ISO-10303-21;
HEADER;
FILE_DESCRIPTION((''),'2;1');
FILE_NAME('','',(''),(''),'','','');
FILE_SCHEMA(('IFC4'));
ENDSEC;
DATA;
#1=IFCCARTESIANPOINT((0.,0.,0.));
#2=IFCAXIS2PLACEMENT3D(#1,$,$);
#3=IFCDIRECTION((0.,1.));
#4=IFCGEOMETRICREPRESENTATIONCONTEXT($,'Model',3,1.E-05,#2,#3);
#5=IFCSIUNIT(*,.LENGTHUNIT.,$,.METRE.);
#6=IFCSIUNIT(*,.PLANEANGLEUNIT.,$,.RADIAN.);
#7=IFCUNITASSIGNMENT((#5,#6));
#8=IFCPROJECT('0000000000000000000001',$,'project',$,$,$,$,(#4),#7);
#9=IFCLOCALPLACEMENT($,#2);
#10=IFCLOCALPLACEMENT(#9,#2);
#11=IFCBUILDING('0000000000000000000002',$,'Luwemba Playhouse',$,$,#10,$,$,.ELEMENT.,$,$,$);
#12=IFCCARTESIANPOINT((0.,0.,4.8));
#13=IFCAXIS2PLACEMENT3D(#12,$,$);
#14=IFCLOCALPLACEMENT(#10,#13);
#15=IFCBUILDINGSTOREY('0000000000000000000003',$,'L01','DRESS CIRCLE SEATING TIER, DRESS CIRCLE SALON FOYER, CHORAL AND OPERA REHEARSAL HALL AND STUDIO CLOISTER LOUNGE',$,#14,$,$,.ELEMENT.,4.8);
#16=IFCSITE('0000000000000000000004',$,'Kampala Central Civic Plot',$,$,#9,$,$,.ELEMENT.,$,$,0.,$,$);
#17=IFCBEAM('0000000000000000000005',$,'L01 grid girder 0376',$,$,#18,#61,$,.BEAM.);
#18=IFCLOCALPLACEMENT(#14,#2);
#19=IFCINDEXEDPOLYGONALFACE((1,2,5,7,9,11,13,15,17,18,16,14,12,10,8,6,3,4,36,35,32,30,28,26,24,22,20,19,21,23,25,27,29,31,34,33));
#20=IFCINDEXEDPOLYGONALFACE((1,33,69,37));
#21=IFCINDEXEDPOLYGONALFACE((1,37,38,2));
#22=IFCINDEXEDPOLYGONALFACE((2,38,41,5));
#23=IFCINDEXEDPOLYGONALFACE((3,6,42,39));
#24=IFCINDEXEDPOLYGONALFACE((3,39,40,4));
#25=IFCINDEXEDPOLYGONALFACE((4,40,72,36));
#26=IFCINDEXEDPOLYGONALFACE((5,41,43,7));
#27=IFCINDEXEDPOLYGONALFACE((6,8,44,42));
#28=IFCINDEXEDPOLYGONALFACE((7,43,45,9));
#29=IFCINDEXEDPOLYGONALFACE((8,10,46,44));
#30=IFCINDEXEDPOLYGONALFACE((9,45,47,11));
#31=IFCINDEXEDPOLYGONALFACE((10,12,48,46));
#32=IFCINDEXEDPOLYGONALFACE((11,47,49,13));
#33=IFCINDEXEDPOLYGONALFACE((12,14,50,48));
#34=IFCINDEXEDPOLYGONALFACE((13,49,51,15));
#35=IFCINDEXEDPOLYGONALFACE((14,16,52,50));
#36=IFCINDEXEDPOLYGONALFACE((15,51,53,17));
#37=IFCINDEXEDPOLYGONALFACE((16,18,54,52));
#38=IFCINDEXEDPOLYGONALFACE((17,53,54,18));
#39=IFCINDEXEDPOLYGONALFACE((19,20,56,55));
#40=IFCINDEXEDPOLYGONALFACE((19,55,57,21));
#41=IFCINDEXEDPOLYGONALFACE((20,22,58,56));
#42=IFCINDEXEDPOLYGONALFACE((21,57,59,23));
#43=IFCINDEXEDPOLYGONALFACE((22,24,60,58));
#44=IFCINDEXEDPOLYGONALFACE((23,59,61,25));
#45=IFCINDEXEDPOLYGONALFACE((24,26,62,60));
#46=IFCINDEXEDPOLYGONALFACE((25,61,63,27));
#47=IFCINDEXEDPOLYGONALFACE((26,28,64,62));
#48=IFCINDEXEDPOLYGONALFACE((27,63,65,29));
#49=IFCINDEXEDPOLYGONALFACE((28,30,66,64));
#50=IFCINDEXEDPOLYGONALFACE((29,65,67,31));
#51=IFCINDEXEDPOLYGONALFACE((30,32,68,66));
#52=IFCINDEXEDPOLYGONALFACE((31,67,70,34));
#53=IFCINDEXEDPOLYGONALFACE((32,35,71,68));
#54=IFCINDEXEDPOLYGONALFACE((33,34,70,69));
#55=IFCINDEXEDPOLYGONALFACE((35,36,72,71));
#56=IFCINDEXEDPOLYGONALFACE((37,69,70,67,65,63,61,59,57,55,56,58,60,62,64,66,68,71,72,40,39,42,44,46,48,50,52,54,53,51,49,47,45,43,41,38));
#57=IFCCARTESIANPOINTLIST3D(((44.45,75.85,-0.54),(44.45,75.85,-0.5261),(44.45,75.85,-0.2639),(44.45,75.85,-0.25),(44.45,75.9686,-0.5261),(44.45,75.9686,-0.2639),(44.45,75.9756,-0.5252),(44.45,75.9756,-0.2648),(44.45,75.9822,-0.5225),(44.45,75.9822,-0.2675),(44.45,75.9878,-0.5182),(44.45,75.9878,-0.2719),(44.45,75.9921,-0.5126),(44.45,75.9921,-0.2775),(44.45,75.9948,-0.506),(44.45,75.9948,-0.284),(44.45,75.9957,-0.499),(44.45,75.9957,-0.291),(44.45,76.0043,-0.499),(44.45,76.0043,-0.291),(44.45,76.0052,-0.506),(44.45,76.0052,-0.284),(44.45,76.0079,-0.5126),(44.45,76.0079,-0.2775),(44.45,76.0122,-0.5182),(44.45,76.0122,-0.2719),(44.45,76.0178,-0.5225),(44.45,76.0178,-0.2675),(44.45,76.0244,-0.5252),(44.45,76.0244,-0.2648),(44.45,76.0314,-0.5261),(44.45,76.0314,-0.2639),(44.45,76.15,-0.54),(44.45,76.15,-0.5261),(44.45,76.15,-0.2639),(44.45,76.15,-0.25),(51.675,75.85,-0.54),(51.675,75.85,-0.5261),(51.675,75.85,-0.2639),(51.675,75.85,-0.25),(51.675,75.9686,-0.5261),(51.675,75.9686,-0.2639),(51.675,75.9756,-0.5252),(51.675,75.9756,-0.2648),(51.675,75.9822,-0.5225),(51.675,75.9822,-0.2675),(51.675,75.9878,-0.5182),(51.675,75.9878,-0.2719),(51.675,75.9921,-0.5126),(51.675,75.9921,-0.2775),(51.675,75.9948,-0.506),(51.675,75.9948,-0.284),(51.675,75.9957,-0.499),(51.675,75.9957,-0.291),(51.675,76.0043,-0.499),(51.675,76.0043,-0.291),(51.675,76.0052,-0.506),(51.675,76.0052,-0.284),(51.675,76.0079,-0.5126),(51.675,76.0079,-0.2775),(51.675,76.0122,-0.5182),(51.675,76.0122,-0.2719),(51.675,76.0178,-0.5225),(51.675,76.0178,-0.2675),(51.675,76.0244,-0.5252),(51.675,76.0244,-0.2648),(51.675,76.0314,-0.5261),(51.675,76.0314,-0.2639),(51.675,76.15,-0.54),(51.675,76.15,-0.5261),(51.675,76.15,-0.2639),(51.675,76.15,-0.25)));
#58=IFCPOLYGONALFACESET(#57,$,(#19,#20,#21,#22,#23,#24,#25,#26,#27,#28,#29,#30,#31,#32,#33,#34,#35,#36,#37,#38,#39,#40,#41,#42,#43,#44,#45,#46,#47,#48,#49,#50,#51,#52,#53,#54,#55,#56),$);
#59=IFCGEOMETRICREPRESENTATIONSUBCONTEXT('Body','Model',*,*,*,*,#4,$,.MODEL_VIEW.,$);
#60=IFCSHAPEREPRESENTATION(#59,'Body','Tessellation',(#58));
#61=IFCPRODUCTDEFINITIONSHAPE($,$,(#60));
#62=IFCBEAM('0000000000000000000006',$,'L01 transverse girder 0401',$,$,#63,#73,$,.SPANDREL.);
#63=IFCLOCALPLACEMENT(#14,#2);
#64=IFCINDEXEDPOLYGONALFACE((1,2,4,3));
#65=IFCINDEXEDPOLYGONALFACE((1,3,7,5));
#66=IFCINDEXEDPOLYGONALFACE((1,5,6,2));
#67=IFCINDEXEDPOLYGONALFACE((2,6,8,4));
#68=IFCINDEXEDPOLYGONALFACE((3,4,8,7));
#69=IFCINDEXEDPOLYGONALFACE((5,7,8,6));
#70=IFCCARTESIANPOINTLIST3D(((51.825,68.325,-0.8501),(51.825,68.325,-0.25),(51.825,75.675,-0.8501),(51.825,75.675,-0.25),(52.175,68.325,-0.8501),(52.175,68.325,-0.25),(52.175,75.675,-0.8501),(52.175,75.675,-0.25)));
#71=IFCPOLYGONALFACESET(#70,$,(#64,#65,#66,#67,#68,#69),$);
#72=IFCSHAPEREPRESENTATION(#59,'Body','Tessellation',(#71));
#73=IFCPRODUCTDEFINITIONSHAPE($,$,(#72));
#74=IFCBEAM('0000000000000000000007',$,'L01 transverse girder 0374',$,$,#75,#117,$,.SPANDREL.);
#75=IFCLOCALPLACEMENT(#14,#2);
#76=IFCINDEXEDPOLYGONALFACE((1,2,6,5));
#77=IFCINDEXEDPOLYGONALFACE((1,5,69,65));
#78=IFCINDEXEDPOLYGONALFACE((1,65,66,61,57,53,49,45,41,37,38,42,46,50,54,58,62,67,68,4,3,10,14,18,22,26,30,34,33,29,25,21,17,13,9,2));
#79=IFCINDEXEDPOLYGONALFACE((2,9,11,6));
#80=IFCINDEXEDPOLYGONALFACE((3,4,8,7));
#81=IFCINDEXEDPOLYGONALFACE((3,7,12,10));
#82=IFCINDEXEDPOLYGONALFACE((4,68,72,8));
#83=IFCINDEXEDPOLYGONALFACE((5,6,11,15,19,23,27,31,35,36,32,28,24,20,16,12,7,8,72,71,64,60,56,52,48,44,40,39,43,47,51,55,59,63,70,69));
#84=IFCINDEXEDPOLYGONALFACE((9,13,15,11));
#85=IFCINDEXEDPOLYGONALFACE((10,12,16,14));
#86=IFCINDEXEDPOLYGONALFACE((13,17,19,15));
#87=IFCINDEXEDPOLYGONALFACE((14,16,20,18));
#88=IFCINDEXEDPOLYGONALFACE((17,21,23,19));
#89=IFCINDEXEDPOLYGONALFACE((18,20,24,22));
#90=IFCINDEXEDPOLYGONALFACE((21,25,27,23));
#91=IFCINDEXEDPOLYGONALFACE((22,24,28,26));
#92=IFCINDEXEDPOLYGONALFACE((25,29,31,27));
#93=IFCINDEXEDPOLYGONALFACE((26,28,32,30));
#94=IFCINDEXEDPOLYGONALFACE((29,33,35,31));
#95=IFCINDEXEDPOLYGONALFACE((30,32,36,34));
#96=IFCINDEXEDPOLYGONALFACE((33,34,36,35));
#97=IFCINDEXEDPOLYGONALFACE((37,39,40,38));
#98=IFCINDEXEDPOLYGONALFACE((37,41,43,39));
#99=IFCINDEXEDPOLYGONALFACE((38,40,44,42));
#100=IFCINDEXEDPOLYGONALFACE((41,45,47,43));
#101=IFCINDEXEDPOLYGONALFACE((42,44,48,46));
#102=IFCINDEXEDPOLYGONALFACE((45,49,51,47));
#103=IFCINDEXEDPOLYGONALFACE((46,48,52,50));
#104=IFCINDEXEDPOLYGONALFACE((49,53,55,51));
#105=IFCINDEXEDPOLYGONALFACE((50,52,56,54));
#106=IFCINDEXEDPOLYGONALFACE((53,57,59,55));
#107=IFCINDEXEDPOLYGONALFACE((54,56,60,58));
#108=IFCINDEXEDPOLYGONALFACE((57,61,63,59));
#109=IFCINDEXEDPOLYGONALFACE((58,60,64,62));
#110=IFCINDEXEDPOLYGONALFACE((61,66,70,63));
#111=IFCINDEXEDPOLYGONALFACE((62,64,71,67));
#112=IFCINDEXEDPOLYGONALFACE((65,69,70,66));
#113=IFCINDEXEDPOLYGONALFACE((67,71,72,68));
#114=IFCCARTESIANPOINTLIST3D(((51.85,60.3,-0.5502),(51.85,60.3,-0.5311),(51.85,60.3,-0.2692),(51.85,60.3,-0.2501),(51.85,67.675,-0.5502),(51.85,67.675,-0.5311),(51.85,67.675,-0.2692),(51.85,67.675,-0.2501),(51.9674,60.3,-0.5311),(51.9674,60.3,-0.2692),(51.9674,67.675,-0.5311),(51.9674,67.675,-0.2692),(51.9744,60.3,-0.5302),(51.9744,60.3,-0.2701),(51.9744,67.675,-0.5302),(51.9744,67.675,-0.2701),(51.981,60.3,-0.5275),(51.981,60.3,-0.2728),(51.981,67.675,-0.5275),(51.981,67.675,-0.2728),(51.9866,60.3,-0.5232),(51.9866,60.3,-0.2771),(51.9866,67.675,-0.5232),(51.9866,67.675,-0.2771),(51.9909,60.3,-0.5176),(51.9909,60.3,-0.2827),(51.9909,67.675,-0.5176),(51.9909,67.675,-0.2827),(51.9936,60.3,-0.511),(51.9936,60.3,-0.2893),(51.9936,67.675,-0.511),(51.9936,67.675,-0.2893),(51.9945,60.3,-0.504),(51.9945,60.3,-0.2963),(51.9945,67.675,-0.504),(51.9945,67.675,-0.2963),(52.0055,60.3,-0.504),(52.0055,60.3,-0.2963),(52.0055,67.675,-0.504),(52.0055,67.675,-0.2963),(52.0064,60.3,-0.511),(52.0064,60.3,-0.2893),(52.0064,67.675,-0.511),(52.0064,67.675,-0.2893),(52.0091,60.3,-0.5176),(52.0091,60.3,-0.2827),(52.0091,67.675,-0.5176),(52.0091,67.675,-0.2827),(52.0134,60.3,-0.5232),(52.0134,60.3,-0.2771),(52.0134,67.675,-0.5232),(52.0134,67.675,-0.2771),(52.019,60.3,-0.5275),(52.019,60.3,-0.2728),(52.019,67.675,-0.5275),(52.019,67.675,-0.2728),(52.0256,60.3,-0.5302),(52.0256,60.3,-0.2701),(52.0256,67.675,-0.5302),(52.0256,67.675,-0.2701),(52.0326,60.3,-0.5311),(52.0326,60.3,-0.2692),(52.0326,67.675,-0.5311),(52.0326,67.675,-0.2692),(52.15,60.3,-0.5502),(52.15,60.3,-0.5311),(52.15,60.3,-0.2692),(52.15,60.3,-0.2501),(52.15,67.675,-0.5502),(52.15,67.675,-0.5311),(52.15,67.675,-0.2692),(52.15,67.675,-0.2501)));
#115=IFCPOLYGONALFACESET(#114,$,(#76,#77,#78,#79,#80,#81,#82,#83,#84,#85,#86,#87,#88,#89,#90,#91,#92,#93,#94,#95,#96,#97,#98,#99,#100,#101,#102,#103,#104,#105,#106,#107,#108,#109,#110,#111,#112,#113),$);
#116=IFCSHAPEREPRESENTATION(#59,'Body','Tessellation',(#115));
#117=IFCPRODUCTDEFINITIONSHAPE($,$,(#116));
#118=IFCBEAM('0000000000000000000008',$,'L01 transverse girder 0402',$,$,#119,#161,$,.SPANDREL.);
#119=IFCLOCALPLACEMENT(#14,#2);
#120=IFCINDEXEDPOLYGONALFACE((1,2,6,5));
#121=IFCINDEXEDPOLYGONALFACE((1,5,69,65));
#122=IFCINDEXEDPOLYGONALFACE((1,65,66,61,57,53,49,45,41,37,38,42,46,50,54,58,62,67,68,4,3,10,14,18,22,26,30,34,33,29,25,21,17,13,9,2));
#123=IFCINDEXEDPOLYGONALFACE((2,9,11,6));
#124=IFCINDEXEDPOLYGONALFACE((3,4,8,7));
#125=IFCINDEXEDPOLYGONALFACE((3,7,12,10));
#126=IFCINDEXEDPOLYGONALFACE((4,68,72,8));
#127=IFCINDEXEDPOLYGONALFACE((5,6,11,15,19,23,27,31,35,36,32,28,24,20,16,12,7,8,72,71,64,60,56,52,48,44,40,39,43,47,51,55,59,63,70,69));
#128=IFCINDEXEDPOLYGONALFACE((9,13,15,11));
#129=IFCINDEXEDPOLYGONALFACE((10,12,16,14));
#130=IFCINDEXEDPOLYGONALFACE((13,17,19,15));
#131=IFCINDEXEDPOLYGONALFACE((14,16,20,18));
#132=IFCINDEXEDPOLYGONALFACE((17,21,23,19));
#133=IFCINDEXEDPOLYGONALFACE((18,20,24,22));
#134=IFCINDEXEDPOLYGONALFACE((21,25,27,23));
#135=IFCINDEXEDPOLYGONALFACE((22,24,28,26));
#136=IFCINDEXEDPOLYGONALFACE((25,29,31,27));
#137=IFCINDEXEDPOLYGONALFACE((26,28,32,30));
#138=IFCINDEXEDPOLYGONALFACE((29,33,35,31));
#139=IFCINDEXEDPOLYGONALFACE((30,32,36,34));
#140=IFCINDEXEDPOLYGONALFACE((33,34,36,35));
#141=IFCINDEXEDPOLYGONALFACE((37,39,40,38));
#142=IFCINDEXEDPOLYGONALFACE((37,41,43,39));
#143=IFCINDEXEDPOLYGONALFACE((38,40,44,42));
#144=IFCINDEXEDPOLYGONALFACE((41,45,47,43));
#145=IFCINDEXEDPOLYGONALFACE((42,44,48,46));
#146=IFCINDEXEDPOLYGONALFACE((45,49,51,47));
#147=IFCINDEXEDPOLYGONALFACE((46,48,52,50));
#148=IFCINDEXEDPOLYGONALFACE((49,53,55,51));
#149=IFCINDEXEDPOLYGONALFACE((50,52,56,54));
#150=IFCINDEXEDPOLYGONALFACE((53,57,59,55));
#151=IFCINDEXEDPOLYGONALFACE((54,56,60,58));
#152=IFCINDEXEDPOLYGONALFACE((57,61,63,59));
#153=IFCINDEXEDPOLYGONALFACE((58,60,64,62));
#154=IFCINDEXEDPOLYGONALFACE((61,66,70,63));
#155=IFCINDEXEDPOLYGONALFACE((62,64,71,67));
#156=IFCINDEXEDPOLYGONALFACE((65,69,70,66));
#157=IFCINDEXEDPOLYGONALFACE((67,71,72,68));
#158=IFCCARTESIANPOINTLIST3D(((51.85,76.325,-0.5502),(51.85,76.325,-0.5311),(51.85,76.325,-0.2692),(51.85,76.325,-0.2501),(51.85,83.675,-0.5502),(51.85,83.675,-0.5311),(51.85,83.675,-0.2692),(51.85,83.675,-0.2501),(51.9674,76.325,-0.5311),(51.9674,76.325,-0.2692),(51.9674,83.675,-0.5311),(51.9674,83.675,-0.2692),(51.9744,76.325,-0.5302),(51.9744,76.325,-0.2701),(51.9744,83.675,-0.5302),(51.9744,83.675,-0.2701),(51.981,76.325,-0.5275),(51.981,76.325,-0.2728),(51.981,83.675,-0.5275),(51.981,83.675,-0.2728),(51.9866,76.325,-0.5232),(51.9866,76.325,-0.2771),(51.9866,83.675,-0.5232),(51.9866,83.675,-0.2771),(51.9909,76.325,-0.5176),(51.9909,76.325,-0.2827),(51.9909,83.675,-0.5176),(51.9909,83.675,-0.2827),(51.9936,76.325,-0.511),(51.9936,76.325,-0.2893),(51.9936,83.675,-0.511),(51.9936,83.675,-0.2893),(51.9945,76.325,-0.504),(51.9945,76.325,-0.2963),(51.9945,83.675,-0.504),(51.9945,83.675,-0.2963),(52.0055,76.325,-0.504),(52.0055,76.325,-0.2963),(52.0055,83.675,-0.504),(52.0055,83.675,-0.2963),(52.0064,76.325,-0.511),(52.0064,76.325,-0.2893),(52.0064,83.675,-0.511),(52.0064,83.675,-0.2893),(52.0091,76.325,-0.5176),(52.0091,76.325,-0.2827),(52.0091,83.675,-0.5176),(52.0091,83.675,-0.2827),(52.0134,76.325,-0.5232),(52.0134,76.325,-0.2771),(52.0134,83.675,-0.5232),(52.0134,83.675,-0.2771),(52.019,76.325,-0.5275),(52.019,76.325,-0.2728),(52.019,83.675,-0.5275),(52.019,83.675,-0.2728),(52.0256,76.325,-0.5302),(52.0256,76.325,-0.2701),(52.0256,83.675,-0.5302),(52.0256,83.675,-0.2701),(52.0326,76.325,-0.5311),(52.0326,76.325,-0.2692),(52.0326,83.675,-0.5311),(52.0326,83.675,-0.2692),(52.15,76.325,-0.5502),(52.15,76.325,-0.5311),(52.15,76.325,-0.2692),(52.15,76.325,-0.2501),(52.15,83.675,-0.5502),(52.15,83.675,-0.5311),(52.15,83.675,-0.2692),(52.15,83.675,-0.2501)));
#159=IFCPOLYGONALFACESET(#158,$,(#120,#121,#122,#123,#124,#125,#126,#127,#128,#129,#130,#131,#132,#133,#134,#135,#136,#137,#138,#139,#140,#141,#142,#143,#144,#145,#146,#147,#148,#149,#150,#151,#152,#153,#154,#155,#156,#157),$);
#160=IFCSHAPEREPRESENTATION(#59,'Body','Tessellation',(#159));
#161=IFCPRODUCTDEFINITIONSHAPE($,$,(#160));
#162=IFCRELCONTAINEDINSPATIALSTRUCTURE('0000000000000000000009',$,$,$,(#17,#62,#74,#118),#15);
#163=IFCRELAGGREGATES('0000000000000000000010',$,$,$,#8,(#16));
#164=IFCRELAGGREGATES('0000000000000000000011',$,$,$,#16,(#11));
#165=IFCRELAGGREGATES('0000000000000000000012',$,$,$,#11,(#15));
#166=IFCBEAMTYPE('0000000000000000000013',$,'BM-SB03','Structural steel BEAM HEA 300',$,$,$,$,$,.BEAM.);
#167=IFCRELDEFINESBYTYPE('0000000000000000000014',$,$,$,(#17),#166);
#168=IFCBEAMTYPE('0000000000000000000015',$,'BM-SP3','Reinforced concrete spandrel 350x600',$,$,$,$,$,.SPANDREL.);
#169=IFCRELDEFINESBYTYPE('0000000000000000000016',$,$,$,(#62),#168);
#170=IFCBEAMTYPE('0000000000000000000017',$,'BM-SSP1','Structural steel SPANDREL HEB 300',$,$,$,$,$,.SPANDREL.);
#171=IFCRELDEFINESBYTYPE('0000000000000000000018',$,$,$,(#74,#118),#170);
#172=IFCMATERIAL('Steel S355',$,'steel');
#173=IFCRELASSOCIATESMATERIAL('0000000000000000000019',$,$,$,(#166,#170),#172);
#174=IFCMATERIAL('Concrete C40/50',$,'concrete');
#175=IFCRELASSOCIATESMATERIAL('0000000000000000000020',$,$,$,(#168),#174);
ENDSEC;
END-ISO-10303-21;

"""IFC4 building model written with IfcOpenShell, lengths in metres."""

from ifc_helpers import new_model, si_unit, direction, frame, origin, origin_2d, place, context, subcontext, project, spatial, rectangle, i_section, extrude, material, material_profile, profile_set, type_object, element, save


model = new_model("IFC4")

# Units and contexts
model_context = context("Model", 3, precision=1e-05, world=origin(), true_north=direction((0.0, 1.0)))
body_context = subcontext(model_context, "Body", "Model", "MODEL_VIEW")
ifc_project = project(units=[si_unit("LENGTHUNIT", "METRE"), si_unit("PLANEANGLEUNIT", "RADIAN")], contexts=[model_context])

# Site, building, storey
site_placement = place(None, origin())
site = spatial("IfcSite", under=ifc_project, at=site_placement, Name="Kampala Central Civic Plot", CompositionType="ELEMENT", RefElevation=0.0)
building_placement = place(site_placement, origin())
building = spatial("IfcBuilding", under=site, at=building_placement, Name="Luwemba Playhouse", CompositionType="ELEMENT")
storey_placement = place(building_placement, frame((0.0, 0.0, 4.8)))
storey = spatial("IfcBuildingStorey", under=building, at=storey_placement, Name="L01", Description="DRESS CIRCLE SEATING TIER, DRESS CIRCLE SALON FOYER, CHORAL AND OPERA REHEARSAL HALL AND STUDIO CLOISTER LOUNGE", CompositionType="ELEMENT", Elevation=4.8)

# Shared definitions
ifc_material_1 = material(Name="Concrete C40/50", Category="concrete")

# Beams
ifc_material_2 = material(Name="Steel S355", Category="steel")
ifc_material_profile_1 = material_profile(ifc_material_2, i_section(OverallWidth=0.3, OverallDepth=0.29, WebThickness=0.0085, FlangeThickness=0.0139, FilletRadius=0.0271, at=origin_2d()))
ifc_profile_set_1 = profile_set([ifc_material_profile_1], Name="Steel S355")
beam_type_1 = type_object("IfcBeamType", Name="BM-SB03", Description="Structural steel BEAM HEA 300", PredefinedType="BEAM", material=ifc_profile_set_1)
beam_1_placement = place(storey_placement, frame((44.45, 76.0, -0.395), z_axis=(1.0, 0.0, 0.0), x_axis=(0.0, 1.0, 0.0)))
element("IfcBeam", 1, at=beam_1_placement, inside=storey, type_object=beam_type_1, Name="L01 grid girder 0376", PredefinedType="BEAM", context=body_context, shape_type="SweptSolid", body=[
    extrude(i_section(OverallWidth=0.3, OverallDepth=0.29, WebThickness=0.0085, FlangeThickness=0.0139, FilletRadius=0.0271, at=origin_2d()), origin(), (0.0, 0.0, 1.0), 7.2251),
])
ifc_material_profile_2 = material_profile(ifc_material_1, rectangle(XDim=0.3501, YDim=0.6001, at=origin_2d()))
ifc_profile_set_2 = profile_set([ifc_material_profile_2], Name="Concrete C40/50")
beam_type_2 = type_object("IfcBeamType", Name="BM-SP3", Description="Reinforced concrete spandrel 350x600", PredefinedType="SPANDREL", material=ifc_profile_set_2)
beam_2_placement = place(storey_placement, frame((52.0, 68.325, -0.55), z_axis=(0.0, 1.0, 0.0), x_axis=(-1.0, 0.0, 0.0)))
element("IfcBeam", 2, at=beam_2_placement, inside=storey, type_object=beam_type_2, Name="L01 transverse girder 0401", PredefinedType="SPANDREL", context=body_context, shape_type="SweptSolid", body=[
    extrude(rectangle(XDim=0.3501, YDim=0.6001, at=origin_2d()), origin(), (0.0, 0.0, 1.0), 7.3501),
])
ifc_material_profile_3 = material_profile(ifc_material_2, i_section(OverallWidth=0.3, OverallDepth=0.3, WebThickness=0.011, FlangeThickness=0.019, FilletRadius=0.0271, at=origin_2d()))
ifc_profile_set_3 = profile_set([ifc_material_profile_3], Name="Steel S355")
beam_type_3 = type_object("IfcBeamType", Name="BM-SSP1", Description="Structural steel SPANDREL HEB 300", PredefinedType="SPANDREL", material=ifc_profile_set_3)
beam_3_placement = place(storey_placement, frame((52.0, 60.3, -0.4001), z_axis=(0.0, 1.0, 0.0), x_axis=(-1.0, 0.0, 0.0)))
element("IfcBeam", 3, at=beam_3_placement, inside=storey, type_object=beam_type_3, Name="L01 transverse girder 0374", PredefinedType="SPANDREL", context=body_context, shape_type="SweptSolid", body=[
    extrude(i_section(OverallWidth=0.3, OverallDepth=0.3, WebThickness=0.011, FlangeThickness=0.019, FilletRadius=0.0271, at=origin_2d()), origin(), (0.0, 0.0, 1.0), 7.375),
])
beam_4_placement = place(storey_placement, frame((52.0, 76.325, -0.4001), z_axis=(0.0, 1.0, 0.0), x_axis=(-1.0, 0.0, 0.0)))
element("IfcBeam", 4, at=beam_4_placement, inside=storey, type_object=beam_type_3, Name="L01 transverse girder 0402", PredefinedType="SPANDREL", context=body_context, shape_type="SweptSolid", body=[
    extrude(i_section(OverallWidth=0.3, OverallDepth=0.3, WebThickness=0.011, FlangeThickness=0.019, FilletRadius=0.0271, at=origin_2d()), origin(), (0.0, 0.0, 1.0), 7.3501),
])

save(model, "model.ifc")
